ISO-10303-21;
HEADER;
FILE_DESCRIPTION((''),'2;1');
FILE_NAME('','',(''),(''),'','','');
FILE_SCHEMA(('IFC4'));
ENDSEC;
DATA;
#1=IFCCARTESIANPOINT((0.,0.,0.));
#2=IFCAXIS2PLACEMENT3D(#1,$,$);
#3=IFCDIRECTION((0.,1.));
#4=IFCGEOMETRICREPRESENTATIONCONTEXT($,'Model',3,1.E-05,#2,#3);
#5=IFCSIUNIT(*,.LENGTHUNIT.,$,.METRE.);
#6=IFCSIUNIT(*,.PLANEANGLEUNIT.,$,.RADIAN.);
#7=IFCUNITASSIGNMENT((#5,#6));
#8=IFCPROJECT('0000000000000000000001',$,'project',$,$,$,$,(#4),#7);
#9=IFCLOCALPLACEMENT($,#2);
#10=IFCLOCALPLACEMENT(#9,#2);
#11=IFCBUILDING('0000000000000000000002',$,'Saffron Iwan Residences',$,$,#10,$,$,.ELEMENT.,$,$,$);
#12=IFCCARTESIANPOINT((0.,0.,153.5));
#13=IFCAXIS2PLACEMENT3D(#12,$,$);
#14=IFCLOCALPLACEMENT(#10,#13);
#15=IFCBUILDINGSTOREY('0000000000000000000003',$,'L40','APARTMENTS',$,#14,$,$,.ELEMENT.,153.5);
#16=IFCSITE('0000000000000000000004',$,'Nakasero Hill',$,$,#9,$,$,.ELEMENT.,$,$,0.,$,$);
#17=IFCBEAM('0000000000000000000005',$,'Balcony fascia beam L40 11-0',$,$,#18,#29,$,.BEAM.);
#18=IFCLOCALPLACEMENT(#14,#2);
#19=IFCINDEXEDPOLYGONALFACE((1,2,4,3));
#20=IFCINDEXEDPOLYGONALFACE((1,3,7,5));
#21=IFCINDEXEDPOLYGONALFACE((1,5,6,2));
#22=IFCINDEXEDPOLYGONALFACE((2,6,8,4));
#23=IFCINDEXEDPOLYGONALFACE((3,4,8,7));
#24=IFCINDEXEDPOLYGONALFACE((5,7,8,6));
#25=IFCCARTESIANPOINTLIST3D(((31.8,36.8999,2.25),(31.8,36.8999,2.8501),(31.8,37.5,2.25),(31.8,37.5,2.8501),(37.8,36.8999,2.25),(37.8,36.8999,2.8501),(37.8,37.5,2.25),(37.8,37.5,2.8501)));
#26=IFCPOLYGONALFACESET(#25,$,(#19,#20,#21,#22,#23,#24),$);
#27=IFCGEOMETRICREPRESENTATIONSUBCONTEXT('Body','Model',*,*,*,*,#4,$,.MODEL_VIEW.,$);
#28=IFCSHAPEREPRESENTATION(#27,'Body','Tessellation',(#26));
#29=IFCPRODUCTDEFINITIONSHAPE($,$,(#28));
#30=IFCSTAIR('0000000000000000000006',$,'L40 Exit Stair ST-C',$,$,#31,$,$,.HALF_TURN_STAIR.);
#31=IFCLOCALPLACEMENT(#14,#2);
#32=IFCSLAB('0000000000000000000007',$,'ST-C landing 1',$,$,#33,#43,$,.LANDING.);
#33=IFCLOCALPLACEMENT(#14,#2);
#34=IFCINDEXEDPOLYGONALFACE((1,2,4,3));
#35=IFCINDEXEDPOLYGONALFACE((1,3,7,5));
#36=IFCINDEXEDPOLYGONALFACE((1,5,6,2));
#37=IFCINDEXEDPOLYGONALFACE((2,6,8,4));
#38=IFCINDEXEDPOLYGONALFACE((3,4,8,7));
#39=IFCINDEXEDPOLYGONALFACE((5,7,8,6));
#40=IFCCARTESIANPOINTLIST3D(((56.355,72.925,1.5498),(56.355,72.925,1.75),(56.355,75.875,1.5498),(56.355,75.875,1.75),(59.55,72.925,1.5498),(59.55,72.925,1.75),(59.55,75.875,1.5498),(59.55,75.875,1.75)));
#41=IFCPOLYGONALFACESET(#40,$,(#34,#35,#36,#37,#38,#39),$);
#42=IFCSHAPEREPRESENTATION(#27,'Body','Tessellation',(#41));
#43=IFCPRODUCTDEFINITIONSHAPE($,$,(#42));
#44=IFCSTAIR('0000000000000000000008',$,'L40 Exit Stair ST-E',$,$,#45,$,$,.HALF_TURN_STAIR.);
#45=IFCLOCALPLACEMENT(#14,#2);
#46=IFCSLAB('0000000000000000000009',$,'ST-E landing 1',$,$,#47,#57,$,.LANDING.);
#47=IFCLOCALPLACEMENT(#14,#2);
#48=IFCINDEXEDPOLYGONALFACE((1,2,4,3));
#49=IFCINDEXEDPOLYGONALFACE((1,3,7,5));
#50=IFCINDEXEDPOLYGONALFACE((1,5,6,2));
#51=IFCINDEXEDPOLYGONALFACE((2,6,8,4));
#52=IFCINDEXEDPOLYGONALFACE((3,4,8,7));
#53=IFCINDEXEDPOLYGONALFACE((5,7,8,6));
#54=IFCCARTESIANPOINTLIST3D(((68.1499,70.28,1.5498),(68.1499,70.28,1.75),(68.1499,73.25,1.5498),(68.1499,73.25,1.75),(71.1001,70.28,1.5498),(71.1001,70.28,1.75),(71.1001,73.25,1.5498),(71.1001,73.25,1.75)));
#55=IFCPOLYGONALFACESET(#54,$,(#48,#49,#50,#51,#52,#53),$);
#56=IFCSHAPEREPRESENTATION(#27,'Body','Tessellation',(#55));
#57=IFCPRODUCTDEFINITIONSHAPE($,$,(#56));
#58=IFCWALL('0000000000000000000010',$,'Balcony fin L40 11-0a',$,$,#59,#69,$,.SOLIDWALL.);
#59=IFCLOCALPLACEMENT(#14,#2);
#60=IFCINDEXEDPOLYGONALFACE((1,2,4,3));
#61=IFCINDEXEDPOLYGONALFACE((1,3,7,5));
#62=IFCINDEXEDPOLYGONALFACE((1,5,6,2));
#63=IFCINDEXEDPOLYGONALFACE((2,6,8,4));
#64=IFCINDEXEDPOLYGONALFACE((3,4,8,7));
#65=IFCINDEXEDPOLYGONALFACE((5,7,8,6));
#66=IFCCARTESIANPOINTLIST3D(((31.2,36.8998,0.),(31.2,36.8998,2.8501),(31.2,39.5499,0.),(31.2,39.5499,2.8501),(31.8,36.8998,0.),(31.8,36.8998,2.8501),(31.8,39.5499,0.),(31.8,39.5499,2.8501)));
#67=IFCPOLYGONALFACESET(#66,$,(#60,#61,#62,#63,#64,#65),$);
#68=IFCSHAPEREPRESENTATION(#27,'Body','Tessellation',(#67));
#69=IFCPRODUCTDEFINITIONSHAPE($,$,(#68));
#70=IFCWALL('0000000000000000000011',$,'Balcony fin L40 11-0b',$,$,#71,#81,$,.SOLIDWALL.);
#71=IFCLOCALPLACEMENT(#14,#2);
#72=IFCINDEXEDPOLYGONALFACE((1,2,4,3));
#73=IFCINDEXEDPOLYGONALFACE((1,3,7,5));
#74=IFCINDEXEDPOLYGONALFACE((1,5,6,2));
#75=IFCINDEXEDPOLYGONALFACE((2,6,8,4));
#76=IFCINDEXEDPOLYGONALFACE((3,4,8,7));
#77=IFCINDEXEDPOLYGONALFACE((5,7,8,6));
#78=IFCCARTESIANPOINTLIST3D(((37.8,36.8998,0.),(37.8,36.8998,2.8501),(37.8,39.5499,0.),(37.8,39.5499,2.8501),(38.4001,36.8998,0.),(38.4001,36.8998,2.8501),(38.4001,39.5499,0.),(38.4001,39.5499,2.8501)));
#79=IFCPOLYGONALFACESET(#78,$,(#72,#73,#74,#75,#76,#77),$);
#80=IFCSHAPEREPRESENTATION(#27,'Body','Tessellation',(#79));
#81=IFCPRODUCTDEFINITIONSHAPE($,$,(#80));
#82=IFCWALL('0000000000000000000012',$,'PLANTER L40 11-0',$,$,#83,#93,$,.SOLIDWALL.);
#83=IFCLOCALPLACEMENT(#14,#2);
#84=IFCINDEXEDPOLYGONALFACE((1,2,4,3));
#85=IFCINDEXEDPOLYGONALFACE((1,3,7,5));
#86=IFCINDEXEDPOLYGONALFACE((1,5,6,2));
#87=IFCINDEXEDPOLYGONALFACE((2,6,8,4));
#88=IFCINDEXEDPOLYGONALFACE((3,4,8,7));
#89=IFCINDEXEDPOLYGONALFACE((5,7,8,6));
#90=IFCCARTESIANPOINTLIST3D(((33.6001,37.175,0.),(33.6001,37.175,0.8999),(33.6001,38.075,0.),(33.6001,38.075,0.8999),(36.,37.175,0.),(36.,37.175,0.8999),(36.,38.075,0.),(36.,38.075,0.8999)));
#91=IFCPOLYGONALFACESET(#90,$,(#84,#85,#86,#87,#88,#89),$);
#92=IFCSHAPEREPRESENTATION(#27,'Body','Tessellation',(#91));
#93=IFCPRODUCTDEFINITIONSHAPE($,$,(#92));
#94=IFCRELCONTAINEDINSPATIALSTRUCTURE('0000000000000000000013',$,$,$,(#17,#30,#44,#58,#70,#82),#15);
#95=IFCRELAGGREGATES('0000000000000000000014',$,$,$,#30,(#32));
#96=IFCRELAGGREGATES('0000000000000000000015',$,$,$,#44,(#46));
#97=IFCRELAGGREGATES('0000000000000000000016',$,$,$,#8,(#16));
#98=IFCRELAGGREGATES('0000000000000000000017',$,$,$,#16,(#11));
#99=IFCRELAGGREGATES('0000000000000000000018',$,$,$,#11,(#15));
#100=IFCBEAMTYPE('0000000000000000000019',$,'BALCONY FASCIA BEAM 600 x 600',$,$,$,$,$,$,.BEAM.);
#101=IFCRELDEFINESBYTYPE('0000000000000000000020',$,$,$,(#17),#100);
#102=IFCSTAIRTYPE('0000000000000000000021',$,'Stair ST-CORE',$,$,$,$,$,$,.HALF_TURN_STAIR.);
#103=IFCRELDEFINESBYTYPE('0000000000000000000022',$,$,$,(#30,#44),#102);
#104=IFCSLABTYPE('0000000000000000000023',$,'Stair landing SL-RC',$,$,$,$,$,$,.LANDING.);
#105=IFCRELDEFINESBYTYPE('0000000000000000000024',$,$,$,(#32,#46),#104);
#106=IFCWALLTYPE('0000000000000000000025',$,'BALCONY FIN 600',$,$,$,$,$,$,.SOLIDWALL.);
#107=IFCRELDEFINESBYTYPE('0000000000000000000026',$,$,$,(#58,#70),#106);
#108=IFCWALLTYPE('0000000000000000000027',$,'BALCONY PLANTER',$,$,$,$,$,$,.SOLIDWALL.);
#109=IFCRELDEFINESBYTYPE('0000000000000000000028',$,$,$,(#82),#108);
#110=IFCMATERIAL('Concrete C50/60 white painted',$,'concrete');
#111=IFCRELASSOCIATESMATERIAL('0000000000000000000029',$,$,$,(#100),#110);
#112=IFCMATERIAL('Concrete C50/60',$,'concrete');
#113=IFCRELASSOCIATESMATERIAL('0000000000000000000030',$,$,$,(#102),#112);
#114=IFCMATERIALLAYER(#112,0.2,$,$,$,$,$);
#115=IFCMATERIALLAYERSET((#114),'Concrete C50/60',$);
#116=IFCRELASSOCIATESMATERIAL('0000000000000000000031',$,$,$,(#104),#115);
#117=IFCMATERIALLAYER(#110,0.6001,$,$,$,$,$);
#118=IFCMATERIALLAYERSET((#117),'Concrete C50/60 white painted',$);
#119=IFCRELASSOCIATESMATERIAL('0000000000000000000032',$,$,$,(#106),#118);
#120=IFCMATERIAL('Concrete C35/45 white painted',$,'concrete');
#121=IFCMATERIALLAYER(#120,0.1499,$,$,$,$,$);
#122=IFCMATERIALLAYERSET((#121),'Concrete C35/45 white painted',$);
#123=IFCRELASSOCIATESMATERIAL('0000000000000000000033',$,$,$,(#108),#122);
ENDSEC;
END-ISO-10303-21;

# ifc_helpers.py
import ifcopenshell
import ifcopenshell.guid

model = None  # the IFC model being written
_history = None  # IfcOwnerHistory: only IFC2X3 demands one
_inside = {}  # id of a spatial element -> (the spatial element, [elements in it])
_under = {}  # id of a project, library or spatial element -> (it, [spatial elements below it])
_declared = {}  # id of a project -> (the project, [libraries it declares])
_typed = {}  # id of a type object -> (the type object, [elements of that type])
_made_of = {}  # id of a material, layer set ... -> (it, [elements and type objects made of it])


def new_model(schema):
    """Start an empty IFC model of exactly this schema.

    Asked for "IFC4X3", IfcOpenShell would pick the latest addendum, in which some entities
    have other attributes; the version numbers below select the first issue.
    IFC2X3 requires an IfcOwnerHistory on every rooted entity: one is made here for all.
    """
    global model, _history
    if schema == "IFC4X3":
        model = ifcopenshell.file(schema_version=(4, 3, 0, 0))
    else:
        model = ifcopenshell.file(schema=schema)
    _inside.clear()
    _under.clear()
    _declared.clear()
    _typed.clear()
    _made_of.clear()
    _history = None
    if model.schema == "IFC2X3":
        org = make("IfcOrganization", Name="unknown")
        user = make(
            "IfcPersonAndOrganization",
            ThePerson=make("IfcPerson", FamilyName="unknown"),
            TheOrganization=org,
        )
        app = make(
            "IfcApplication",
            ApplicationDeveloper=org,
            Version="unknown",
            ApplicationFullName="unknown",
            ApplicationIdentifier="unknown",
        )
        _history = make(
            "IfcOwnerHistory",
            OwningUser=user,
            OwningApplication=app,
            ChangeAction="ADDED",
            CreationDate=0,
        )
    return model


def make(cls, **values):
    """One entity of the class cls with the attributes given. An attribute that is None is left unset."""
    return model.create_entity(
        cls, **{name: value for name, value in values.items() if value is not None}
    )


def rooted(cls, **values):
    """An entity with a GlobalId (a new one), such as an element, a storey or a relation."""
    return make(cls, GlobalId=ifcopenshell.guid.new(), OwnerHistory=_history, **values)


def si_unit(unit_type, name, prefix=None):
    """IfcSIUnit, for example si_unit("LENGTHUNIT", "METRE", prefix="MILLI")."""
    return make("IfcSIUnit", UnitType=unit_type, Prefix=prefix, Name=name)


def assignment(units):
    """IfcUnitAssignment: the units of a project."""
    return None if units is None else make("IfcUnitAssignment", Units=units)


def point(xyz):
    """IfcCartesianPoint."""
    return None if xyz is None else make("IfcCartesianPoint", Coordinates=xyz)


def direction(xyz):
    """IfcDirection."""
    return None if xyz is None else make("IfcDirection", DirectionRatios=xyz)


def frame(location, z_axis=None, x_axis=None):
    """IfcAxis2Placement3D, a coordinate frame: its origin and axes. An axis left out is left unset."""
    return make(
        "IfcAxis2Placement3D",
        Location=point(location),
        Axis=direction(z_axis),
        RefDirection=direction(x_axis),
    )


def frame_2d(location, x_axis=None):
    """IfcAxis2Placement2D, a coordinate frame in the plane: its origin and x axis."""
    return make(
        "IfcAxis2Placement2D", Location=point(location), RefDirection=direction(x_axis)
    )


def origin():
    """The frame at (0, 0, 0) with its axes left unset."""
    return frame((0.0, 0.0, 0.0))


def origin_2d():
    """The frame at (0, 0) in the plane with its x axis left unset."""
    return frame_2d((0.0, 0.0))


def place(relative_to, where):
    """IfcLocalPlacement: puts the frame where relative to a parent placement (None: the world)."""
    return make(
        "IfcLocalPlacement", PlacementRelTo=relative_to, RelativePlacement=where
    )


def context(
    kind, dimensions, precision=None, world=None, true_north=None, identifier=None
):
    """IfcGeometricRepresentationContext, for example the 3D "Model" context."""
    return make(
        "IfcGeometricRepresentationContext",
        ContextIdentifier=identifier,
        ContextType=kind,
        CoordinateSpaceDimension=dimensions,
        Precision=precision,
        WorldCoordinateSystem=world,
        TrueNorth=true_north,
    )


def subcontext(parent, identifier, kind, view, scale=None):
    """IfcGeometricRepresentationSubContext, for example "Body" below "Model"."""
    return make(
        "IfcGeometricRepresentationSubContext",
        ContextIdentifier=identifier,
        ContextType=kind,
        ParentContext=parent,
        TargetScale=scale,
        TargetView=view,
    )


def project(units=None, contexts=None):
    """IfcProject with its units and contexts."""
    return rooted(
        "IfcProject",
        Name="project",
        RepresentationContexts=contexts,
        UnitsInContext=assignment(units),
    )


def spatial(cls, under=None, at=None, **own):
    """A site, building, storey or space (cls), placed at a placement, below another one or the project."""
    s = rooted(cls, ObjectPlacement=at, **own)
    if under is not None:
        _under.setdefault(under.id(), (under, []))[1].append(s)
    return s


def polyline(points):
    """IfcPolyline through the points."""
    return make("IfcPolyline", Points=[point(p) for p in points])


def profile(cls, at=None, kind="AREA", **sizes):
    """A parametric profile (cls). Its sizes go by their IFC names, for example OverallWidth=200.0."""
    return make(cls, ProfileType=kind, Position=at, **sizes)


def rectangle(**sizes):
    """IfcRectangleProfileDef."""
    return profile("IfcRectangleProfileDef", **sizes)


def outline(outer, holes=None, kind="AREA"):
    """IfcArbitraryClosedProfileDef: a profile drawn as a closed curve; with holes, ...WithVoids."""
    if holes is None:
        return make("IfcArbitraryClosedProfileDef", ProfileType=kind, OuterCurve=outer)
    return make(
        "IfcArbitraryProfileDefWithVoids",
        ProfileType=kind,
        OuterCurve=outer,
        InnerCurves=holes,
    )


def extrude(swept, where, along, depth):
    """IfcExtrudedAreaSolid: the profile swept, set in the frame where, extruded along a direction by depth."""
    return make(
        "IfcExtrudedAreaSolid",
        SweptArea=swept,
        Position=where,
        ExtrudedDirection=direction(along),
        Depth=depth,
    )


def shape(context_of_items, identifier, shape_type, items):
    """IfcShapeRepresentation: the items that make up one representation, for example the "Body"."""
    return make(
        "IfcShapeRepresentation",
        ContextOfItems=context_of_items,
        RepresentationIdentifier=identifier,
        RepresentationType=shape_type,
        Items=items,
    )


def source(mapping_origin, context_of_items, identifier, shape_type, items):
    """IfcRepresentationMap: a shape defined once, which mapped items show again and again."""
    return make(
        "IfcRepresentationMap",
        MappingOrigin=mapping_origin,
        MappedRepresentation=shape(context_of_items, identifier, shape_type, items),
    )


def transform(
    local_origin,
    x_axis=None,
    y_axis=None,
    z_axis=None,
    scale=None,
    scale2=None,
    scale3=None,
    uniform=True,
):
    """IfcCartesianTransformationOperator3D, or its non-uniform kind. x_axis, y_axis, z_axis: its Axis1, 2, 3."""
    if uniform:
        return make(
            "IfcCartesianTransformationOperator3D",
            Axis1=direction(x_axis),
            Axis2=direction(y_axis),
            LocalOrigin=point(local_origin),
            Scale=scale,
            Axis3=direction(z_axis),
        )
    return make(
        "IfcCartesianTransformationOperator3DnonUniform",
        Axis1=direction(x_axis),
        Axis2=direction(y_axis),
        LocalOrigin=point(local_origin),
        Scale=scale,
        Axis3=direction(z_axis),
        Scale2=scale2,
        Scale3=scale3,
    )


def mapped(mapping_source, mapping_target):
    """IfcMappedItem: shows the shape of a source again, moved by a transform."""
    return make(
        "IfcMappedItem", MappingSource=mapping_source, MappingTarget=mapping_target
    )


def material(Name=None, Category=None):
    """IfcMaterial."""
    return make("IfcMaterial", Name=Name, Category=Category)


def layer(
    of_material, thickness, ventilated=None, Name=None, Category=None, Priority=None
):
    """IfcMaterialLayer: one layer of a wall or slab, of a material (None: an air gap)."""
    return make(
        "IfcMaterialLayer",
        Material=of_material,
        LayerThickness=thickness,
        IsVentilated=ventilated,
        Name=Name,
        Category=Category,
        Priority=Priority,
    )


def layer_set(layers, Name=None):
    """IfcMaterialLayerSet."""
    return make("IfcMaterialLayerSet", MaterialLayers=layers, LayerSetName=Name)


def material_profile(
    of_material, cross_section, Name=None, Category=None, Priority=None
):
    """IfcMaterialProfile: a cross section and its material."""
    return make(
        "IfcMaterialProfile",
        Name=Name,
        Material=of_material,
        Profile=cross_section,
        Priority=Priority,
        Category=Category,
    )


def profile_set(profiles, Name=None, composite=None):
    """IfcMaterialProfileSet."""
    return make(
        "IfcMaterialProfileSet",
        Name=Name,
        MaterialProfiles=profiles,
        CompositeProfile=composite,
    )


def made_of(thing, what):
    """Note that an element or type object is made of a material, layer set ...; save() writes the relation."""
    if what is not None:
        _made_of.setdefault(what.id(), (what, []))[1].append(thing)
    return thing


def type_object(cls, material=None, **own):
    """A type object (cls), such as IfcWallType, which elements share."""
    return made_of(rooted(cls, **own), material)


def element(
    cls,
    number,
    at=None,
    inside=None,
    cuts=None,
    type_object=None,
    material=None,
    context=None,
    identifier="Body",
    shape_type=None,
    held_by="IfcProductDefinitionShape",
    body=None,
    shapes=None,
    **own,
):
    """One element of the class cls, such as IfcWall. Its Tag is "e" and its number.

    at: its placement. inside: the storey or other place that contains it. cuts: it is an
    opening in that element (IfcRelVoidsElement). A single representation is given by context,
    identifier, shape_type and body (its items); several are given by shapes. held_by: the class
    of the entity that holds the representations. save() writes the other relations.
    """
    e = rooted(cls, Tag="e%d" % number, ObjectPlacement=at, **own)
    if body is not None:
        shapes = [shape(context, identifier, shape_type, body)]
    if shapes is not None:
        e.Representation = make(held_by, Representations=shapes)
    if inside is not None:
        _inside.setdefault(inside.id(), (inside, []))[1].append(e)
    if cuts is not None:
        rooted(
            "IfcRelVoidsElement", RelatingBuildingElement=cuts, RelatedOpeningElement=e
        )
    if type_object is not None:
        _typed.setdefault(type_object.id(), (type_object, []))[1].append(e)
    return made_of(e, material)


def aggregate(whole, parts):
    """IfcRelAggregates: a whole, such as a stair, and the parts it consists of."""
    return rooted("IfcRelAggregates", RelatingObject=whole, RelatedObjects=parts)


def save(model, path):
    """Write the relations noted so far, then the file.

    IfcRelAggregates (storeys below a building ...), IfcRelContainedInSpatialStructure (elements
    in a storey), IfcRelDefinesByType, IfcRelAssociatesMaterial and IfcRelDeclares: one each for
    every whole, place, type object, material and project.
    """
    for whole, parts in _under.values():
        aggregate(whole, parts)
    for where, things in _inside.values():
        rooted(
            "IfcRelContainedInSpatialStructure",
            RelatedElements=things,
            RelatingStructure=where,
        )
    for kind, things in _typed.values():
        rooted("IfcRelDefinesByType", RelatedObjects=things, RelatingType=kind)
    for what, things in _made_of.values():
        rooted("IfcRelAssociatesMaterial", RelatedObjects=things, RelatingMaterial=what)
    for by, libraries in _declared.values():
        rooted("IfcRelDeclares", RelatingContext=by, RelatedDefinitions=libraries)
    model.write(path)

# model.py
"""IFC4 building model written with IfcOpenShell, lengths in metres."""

from ifc_helpers import new_model, si_unit, direction, frame, frame_2d, origin, origin_2d, place, context, subcontext, project, spatial, polyline, rectangle, outline, extrude, source, transform, mapped, material, layer, layer_set, material_profile, profile_set, type_object, element, aggregate, save


model = new_model("IFC4")

# Units and contexts
model_context = context("Model", 3, precision=1e-05, world=origin(), true_north=direction((0.0, 1.0)))
body_context = subcontext(model_context, "Body", "Model", "MODEL_VIEW")
ifc_project = project(units=[si_unit("LENGTHUNIT", "METRE"), si_unit("PLANEANGLEUNIT", "RADIAN")], contexts=[model_context])

# Site, building, storey
site_placement = place(None, origin())
site = spatial("IfcSite", under=ifc_project, at=site_placement, Name="Nakasero Hill", CompositionType="ELEMENT", RefElevation=0.0)
building_placement = place(site_placement, origin())
building = spatial("IfcBuilding", under=site, at=building_placement, Name="Saffron Iwan Residences", CompositionType="ELEMENT")
storey_placement = place(building_placement, frame((0.0, 0.0, 153.5)))
storey = spatial("IfcBuildingStorey", under=building, at=storey_placement, Name="L40", Description="APARTMENTS", CompositionType="ELEMENT", Elevation=153.5)

# Beam
ifc_material_1 = material(Name="Concrete C50/60 white painted", Category="concrete")
ifc_material_profile = material_profile(ifc_material_1, rectangle(XDim=0.6001, YDim=0.6001, at=origin_2d()), Name="BALCONY FASCIA BEAM 600 x 600")
ifc_profile_set = profile_set([ifc_material_profile], Name="Concrete C50/60 white painted")
beam_type = type_object("IfcBeamType", Name="BALCONY FASCIA BEAM 600 x 600", PredefinedType="BEAM", material=ifc_profile_set)
shared_shape = source(origin(), body_context, "Body", "SweptSolid", [
    extrude(rectangle(XDim=0.6001, YDim=0.6001, at=origin_2d()), origin(), (0.0, 0.0, 1.0), 6.0),
])
beam_placement = place(storey_placement, frame((31.8, 37.2, 2.55), z_axis=(1.0, 0.0, 0.0), x_axis=(0.0, 1.0, 0.0)))
element("IfcBeam", 1, at=beam_placement, inside=storey, type_object=beam_type, Name="Balcony fascia beam L40 11-0", PredefinedType="BEAM", context=body_context, shape_type="MappedRepresentation", body=[
    mapped(shared_shape, transform((0.0, 0.0, 0.0))),
])

# Stairs, slabs
ifc_material_2 = material(Name="Concrete C50/60", Category="concrete")
stair_type = type_object("IfcStairType", Name="Stair ST-CORE", PredefinedType="HALF_TURN_STAIR", material=ifc_material_2)
stair_1_placement = place(storey_placement, origin())
stair_1 = element("IfcStair", 2, at=stair_1_placement, inside=storey, type_object=stair_type, Name="L40 Exit Stair ST-C", PredefinedType="HALF_TURN_STAIR")
ifc_layer_1 = layer(ifc_material_2, 0.2)
ifc_layer_set_1 = layer_set([ifc_layer_1], Name="Concrete C50/60")
slab_type = type_object("IfcSlabType", Name="Stair landing SL-RC", PredefinedType="LANDING", material=ifc_layer_set_1)
slab_1_placement = place(storey_placement, frame((0.0, 0.0, 1.5498)))
slab_1 = element("IfcSlab", 3, at=slab_1_placement, type_object=slab_type, Name="ST-C landing 1", PredefinedType="LANDING", context=body_context, shape_type="SweptSolid", body=[
    extrude(outline(polyline([(56.355, 72.925), (59.55, 72.925), (59.55, 75.875), (56.355, 75.875), (56.355, 72.925)])), origin(), (0.0, 0.0, 1.0), 0.2002),
])
aggregate(stair_1, [slab_1])
stair_2_placement = place(storey_placement, origin())
stair_2 = element("IfcStair", 4, at=stair_2_placement, inside=storey, type_object=stair_type, Name="L40 Exit Stair ST-E", PredefinedType="HALF_TURN_STAIR")
slab_2_placement = place(storey_placement, frame((0.0, 0.0, 1.5498)))
slab_2 = element("IfcSlab", 5, at=slab_2_placement, type_object=slab_type, Name="ST-E landing 1", PredefinedType="LANDING", context=body_context, shape_type="SweptSolid", body=[
    extrude(outline(polyline([(71.1001, 70.28), (71.1001, 73.25), (68.1499, 73.25), (68.1499, 70.28), (71.1001, 70.28)])), origin(), (0.0, 0.0, 1.0), 0.2002),
])
aggregate(stair_2, [slab_2])

# Walls
ifc_layer_2 = layer(ifc_material_1, 0.6001)
ifc_layer_set_2 = layer_set([ifc_layer_2], Name="Concrete C50/60 white painted")
wall_type_1 = type_object("IfcWallType", Name="BALCONY FIN 600", PredefinedType="SOLIDWALL", material=ifc_layer_set_2)
for number, where, z_axis, x_axis, name in (
    (6, (31.5, 39.55, 0.0), (0.0, 0.0, 1.0), (0.0, -1.0, 0.0), "Balcony fin L40 11-0a"),
    (7, (38.1001, 39.55, 0.0), (0.0, 0.0, 1.0), (0.0, -1.0, 0.0), "Balcony fin L40 11-0b"),
):
    element("IfcWall", number, at=place(storey_placement, frame(where, z_axis=z_axis, x_axis=x_axis)), inside=storey, type_object=wall_type_1, Name=name, PredefinedType="SOLIDWALL", context=body_context, shape_type="SweptSolid", body=[
        extrude(rectangle(XDim=2.6501, YDim=0.6001, at=frame_2d((1.3252, 0.0))), origin(), (0.0, 0.0, 1.0), 2.8501),
    ])
ifc_material_3 = material(Name="Concrete C35/45 white painted", Category="concrete")
ifc_layer_3 = layer(ifc_material_3, 0.1499)
ifc_layer_set_3 = layer_set([ifc_layer_3], Name="Concrete C35/45 white painted")
wall_type_2 = type_object("IfcWallType", Name="BALCONY PLANTER", PredefinedType="SOLIDWALL", material=ifc_layer_set_3)
wall_1_placement = place(storey_placement, frame((33.6001, 37.625, 0.0), z_axis=(0.0, 0.0, 1.0), x_axis=(1.0, 0.0, 0.0)))
element("IfcWall", 8, at=wall_1_placement, inside=storey, type_object=wall_type_2, Name="PLANTER L40 11-0", PredefinedType="SOLIDWALL", context=body_context, shape_type="SweptSolid", body=[
    extrude(rectangle(XDim=2.3999, YDim=0.8999, at=frame_2d((1.2, 0.0))), origin(), (0.0, 0.0, 1.0), 0.8999),
])

save(model, "model.ifc")
